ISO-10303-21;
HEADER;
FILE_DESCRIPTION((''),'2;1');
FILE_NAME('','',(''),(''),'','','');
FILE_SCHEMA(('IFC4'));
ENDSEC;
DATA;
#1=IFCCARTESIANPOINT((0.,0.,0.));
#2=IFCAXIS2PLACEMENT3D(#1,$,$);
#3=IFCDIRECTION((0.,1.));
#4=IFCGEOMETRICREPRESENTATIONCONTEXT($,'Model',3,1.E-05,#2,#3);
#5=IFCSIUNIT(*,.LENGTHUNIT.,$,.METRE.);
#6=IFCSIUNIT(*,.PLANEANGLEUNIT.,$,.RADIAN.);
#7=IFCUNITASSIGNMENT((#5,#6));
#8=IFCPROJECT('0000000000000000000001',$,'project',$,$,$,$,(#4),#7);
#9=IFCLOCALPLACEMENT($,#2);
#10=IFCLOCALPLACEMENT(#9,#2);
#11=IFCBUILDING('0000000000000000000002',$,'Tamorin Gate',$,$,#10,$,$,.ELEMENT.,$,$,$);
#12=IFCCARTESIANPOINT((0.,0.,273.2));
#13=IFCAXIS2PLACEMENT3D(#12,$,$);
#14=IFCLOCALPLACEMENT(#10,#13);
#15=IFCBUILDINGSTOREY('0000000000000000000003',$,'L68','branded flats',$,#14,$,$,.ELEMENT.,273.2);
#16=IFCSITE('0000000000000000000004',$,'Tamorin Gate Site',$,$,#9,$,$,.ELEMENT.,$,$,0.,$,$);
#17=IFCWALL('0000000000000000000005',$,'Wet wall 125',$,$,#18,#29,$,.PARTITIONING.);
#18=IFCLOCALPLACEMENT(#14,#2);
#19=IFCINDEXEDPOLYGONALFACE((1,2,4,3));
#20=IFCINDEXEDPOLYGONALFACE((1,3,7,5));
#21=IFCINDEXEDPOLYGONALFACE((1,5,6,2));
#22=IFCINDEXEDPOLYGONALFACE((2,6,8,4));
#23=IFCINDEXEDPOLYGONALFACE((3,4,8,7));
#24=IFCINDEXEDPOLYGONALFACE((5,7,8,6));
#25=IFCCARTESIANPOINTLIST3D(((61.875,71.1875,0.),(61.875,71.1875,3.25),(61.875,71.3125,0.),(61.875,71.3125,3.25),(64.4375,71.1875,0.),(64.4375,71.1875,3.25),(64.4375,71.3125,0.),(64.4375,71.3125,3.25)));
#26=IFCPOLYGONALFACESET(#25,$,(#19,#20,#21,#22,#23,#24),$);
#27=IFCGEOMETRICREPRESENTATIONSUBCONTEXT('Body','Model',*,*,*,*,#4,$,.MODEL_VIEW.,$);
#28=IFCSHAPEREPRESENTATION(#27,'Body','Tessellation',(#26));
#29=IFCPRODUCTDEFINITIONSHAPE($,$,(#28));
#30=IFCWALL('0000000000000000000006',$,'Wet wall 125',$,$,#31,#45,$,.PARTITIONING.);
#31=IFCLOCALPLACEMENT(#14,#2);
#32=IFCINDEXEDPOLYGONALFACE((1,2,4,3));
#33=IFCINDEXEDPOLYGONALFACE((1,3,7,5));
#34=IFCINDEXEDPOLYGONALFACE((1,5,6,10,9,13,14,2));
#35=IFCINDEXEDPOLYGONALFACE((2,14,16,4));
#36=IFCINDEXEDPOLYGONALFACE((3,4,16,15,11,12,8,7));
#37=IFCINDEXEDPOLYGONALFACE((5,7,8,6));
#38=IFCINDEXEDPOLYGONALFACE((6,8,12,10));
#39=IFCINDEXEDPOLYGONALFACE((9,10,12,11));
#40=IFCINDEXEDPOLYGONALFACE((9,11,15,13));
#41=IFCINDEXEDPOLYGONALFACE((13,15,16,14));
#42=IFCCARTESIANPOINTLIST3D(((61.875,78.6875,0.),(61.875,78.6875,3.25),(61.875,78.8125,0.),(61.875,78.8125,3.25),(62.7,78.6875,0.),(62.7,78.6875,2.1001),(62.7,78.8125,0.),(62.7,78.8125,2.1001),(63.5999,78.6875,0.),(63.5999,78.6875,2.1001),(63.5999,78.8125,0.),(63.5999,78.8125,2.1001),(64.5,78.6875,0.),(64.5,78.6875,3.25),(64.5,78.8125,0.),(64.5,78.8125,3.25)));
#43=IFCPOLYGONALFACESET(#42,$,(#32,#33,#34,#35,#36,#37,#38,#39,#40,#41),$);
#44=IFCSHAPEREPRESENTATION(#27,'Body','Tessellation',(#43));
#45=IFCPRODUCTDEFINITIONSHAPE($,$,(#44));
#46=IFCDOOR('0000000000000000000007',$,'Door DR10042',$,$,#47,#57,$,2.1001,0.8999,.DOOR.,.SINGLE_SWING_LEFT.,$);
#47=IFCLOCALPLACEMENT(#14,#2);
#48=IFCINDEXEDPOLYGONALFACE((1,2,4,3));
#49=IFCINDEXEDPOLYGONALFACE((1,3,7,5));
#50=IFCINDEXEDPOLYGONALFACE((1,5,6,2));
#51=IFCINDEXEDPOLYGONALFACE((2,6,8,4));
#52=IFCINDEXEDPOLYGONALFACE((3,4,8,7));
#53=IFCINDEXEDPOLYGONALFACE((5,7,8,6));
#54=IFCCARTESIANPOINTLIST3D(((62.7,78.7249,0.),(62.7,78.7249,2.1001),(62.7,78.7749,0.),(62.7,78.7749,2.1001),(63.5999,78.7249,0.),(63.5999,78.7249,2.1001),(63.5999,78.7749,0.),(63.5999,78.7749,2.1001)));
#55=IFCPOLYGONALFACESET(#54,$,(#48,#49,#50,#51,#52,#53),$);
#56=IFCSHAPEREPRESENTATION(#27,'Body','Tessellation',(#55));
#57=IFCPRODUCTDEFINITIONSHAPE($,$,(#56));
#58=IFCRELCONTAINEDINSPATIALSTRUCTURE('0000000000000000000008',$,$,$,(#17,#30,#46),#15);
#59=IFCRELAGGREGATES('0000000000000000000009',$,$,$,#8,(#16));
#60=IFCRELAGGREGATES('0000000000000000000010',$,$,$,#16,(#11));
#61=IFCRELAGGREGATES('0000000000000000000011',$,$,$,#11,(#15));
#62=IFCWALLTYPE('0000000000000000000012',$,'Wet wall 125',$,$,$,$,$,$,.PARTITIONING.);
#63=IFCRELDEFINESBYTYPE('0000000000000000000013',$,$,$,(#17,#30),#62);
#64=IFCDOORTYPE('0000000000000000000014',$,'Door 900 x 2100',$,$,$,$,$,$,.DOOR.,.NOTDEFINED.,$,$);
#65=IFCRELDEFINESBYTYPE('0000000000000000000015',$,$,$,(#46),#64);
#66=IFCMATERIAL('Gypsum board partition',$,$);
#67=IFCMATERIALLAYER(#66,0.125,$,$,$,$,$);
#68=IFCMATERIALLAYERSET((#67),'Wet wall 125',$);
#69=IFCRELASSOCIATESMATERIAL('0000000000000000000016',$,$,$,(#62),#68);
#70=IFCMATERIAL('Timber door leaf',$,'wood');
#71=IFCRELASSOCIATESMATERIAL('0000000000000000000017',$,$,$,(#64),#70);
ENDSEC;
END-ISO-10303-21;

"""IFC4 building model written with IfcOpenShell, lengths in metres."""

from ifc_helpers import new_model, si_unit, direction, frame, frame_2d, origin, place, context, subcontext, project, spatial, rectangle, extrude, material, layer, layer_set, type_object, element, fill, save


model = new_model("IFC4")

# Units and contexts
model_context = context("Model", 3, precision=1e-05, world=origin(), true_north=direction((0.0, 1.0)))
body_context = subcontext(model_context, "Body", "Model", "MODEL_VIEW")
ifc_project = project(units=[si_unit("LENGTHUNIT", "METRE"), si_unit("PLANEANGLEUNIT", "RADIAN")], contexts=[model_context])

# Site, building, storey
site_placement = place(None, origin())
site = spatial("IfcSite", under=ifc_project, at=site_placement, Name="Tamorin Gate Site", CompositionType="ELEMENT", RefElevation=0.0)
building_placement = place(site_placement, origin())
building = spatial("IfcBuilding", under=site, at=building_placement, Name="Tamorin Gate", CompositionType="ELEMENT")
storey_placement = place(building_placement, frame((0.0, 0.0, 273.2)))
storey = spatial("IfcBuildingStorey", under=building, at=storey_placement, Name="L68", Description="branded flats", CompositionType="ELEMENT", Elevation=273.2)

# Shared definitions
ifc_material_1 = material(Name="Gypsum board partition")

# Shared definitions
ifc_layer_1 = layer(ifc_material_1, 0.125)
ifc_layer_set_1 = layer_set([ifc_layer_1], Name="Wet wall 125")
wall_type_1 = type_object("IfcWallType", Name="Wet wall 125", PredefinedType="PARTITIONING", material=ifc_layer_set_1)

# Shared definitions
ifc_material_2 = material(Name="Timber door leaf", Category="wood")
door_type_1 = type_object("IfcDoorType", Name="Door 900 x 2100", OperationType="NOTDEFINED", PredefinedType="DOOR", material=ifc_material_2)

# Wall
wall_1_placement = place(storey_placement, frame((61.875, 71.25, 0.0), z_axis=(0.0, 0.0, 1.0), x_axis=(1.0, 0.0, 0.0)))
element("IfcWall", 1, at=wall_1_placement, inside=storey, type_object=wall_type_1, Name="Wet wall 125", PredefinedType="PARTITIONING", context=body_context, shape_type="SweptSolid", body=[
    extrude(rectangle(XDim=2.5625, YDim=0.125, at=frame_2d((1.2812, 0.0))), origin(), (0.0, 0.0, 1.0), 3.25),
])

# Wall, opening, door
wall_2_placement = place(storey_placement, frame((61.875, 78.75, 0.0), z_axis=(0.0, 0.0, 1.0), x_axis=(1.0, 0.0, 0.0)))
wall_2 = element("IfcWall", 2, at=wall_2_placement, inside=storey, type_object=wall_type_1, Name="Wet wall 125", PredefinedType="PARTITIONING", context=body_context, shape_type="SweptSolid", body=[
    extrude(rectangle(XDim=2.625, YDim=0.125, at=frame_2d((1.3125, 0.0))), origin(), (0.0, 0.0, 1.0), 3.25),
])
opening_1_placement = place(wall_2_placement, frame((0.825, 0.0, 0.0)))
opening_1 = element("IfcOpeningElement", 3, at=opening_1_placement, cuts=wall_2, PredefinedType="OPENING", context=body_context, shape_type="SweptSolid", body=[
    extrude(rectangle(XDim=0.8999, YDim=2.1001, at=frame_2d((0.45, 1.05))), frame((0.0, 0.0725, 0.0), z_axis=(0.0, -1.0, 0.0), x_axis=(1.0, 0.0, 0.0)), (0.0, 0.0, 1.0), 0.145),
])
door_1_placement = place(opening_1_placement, origin())
door_1 = element("IfcDoor", 4, at=door_1_placement, inside=storey, type_object=door_type_1, Name="Door DR10042", OperationType="SINGLE_SWING_LEFT", OverallHeight=2.1001, OverallWidth=0.8999, PredefinedType="DOOR", context=body_context, shape_type="SweptSolid", body=[
    extrude(rectangle(XDim=0.8999, YDim=2.1001, at=frame_2d((0.45, 1.05))), frame((0.0, 0.0249, 0.0), z_axis=(0.0, -1.0, 0.0), x_axis=(1.0, 0.0, 0.0)), (0.0, 0.0, 1.0), 0.05),
])
fill(opening_1, door_1)

save(model, "model.ifc")
